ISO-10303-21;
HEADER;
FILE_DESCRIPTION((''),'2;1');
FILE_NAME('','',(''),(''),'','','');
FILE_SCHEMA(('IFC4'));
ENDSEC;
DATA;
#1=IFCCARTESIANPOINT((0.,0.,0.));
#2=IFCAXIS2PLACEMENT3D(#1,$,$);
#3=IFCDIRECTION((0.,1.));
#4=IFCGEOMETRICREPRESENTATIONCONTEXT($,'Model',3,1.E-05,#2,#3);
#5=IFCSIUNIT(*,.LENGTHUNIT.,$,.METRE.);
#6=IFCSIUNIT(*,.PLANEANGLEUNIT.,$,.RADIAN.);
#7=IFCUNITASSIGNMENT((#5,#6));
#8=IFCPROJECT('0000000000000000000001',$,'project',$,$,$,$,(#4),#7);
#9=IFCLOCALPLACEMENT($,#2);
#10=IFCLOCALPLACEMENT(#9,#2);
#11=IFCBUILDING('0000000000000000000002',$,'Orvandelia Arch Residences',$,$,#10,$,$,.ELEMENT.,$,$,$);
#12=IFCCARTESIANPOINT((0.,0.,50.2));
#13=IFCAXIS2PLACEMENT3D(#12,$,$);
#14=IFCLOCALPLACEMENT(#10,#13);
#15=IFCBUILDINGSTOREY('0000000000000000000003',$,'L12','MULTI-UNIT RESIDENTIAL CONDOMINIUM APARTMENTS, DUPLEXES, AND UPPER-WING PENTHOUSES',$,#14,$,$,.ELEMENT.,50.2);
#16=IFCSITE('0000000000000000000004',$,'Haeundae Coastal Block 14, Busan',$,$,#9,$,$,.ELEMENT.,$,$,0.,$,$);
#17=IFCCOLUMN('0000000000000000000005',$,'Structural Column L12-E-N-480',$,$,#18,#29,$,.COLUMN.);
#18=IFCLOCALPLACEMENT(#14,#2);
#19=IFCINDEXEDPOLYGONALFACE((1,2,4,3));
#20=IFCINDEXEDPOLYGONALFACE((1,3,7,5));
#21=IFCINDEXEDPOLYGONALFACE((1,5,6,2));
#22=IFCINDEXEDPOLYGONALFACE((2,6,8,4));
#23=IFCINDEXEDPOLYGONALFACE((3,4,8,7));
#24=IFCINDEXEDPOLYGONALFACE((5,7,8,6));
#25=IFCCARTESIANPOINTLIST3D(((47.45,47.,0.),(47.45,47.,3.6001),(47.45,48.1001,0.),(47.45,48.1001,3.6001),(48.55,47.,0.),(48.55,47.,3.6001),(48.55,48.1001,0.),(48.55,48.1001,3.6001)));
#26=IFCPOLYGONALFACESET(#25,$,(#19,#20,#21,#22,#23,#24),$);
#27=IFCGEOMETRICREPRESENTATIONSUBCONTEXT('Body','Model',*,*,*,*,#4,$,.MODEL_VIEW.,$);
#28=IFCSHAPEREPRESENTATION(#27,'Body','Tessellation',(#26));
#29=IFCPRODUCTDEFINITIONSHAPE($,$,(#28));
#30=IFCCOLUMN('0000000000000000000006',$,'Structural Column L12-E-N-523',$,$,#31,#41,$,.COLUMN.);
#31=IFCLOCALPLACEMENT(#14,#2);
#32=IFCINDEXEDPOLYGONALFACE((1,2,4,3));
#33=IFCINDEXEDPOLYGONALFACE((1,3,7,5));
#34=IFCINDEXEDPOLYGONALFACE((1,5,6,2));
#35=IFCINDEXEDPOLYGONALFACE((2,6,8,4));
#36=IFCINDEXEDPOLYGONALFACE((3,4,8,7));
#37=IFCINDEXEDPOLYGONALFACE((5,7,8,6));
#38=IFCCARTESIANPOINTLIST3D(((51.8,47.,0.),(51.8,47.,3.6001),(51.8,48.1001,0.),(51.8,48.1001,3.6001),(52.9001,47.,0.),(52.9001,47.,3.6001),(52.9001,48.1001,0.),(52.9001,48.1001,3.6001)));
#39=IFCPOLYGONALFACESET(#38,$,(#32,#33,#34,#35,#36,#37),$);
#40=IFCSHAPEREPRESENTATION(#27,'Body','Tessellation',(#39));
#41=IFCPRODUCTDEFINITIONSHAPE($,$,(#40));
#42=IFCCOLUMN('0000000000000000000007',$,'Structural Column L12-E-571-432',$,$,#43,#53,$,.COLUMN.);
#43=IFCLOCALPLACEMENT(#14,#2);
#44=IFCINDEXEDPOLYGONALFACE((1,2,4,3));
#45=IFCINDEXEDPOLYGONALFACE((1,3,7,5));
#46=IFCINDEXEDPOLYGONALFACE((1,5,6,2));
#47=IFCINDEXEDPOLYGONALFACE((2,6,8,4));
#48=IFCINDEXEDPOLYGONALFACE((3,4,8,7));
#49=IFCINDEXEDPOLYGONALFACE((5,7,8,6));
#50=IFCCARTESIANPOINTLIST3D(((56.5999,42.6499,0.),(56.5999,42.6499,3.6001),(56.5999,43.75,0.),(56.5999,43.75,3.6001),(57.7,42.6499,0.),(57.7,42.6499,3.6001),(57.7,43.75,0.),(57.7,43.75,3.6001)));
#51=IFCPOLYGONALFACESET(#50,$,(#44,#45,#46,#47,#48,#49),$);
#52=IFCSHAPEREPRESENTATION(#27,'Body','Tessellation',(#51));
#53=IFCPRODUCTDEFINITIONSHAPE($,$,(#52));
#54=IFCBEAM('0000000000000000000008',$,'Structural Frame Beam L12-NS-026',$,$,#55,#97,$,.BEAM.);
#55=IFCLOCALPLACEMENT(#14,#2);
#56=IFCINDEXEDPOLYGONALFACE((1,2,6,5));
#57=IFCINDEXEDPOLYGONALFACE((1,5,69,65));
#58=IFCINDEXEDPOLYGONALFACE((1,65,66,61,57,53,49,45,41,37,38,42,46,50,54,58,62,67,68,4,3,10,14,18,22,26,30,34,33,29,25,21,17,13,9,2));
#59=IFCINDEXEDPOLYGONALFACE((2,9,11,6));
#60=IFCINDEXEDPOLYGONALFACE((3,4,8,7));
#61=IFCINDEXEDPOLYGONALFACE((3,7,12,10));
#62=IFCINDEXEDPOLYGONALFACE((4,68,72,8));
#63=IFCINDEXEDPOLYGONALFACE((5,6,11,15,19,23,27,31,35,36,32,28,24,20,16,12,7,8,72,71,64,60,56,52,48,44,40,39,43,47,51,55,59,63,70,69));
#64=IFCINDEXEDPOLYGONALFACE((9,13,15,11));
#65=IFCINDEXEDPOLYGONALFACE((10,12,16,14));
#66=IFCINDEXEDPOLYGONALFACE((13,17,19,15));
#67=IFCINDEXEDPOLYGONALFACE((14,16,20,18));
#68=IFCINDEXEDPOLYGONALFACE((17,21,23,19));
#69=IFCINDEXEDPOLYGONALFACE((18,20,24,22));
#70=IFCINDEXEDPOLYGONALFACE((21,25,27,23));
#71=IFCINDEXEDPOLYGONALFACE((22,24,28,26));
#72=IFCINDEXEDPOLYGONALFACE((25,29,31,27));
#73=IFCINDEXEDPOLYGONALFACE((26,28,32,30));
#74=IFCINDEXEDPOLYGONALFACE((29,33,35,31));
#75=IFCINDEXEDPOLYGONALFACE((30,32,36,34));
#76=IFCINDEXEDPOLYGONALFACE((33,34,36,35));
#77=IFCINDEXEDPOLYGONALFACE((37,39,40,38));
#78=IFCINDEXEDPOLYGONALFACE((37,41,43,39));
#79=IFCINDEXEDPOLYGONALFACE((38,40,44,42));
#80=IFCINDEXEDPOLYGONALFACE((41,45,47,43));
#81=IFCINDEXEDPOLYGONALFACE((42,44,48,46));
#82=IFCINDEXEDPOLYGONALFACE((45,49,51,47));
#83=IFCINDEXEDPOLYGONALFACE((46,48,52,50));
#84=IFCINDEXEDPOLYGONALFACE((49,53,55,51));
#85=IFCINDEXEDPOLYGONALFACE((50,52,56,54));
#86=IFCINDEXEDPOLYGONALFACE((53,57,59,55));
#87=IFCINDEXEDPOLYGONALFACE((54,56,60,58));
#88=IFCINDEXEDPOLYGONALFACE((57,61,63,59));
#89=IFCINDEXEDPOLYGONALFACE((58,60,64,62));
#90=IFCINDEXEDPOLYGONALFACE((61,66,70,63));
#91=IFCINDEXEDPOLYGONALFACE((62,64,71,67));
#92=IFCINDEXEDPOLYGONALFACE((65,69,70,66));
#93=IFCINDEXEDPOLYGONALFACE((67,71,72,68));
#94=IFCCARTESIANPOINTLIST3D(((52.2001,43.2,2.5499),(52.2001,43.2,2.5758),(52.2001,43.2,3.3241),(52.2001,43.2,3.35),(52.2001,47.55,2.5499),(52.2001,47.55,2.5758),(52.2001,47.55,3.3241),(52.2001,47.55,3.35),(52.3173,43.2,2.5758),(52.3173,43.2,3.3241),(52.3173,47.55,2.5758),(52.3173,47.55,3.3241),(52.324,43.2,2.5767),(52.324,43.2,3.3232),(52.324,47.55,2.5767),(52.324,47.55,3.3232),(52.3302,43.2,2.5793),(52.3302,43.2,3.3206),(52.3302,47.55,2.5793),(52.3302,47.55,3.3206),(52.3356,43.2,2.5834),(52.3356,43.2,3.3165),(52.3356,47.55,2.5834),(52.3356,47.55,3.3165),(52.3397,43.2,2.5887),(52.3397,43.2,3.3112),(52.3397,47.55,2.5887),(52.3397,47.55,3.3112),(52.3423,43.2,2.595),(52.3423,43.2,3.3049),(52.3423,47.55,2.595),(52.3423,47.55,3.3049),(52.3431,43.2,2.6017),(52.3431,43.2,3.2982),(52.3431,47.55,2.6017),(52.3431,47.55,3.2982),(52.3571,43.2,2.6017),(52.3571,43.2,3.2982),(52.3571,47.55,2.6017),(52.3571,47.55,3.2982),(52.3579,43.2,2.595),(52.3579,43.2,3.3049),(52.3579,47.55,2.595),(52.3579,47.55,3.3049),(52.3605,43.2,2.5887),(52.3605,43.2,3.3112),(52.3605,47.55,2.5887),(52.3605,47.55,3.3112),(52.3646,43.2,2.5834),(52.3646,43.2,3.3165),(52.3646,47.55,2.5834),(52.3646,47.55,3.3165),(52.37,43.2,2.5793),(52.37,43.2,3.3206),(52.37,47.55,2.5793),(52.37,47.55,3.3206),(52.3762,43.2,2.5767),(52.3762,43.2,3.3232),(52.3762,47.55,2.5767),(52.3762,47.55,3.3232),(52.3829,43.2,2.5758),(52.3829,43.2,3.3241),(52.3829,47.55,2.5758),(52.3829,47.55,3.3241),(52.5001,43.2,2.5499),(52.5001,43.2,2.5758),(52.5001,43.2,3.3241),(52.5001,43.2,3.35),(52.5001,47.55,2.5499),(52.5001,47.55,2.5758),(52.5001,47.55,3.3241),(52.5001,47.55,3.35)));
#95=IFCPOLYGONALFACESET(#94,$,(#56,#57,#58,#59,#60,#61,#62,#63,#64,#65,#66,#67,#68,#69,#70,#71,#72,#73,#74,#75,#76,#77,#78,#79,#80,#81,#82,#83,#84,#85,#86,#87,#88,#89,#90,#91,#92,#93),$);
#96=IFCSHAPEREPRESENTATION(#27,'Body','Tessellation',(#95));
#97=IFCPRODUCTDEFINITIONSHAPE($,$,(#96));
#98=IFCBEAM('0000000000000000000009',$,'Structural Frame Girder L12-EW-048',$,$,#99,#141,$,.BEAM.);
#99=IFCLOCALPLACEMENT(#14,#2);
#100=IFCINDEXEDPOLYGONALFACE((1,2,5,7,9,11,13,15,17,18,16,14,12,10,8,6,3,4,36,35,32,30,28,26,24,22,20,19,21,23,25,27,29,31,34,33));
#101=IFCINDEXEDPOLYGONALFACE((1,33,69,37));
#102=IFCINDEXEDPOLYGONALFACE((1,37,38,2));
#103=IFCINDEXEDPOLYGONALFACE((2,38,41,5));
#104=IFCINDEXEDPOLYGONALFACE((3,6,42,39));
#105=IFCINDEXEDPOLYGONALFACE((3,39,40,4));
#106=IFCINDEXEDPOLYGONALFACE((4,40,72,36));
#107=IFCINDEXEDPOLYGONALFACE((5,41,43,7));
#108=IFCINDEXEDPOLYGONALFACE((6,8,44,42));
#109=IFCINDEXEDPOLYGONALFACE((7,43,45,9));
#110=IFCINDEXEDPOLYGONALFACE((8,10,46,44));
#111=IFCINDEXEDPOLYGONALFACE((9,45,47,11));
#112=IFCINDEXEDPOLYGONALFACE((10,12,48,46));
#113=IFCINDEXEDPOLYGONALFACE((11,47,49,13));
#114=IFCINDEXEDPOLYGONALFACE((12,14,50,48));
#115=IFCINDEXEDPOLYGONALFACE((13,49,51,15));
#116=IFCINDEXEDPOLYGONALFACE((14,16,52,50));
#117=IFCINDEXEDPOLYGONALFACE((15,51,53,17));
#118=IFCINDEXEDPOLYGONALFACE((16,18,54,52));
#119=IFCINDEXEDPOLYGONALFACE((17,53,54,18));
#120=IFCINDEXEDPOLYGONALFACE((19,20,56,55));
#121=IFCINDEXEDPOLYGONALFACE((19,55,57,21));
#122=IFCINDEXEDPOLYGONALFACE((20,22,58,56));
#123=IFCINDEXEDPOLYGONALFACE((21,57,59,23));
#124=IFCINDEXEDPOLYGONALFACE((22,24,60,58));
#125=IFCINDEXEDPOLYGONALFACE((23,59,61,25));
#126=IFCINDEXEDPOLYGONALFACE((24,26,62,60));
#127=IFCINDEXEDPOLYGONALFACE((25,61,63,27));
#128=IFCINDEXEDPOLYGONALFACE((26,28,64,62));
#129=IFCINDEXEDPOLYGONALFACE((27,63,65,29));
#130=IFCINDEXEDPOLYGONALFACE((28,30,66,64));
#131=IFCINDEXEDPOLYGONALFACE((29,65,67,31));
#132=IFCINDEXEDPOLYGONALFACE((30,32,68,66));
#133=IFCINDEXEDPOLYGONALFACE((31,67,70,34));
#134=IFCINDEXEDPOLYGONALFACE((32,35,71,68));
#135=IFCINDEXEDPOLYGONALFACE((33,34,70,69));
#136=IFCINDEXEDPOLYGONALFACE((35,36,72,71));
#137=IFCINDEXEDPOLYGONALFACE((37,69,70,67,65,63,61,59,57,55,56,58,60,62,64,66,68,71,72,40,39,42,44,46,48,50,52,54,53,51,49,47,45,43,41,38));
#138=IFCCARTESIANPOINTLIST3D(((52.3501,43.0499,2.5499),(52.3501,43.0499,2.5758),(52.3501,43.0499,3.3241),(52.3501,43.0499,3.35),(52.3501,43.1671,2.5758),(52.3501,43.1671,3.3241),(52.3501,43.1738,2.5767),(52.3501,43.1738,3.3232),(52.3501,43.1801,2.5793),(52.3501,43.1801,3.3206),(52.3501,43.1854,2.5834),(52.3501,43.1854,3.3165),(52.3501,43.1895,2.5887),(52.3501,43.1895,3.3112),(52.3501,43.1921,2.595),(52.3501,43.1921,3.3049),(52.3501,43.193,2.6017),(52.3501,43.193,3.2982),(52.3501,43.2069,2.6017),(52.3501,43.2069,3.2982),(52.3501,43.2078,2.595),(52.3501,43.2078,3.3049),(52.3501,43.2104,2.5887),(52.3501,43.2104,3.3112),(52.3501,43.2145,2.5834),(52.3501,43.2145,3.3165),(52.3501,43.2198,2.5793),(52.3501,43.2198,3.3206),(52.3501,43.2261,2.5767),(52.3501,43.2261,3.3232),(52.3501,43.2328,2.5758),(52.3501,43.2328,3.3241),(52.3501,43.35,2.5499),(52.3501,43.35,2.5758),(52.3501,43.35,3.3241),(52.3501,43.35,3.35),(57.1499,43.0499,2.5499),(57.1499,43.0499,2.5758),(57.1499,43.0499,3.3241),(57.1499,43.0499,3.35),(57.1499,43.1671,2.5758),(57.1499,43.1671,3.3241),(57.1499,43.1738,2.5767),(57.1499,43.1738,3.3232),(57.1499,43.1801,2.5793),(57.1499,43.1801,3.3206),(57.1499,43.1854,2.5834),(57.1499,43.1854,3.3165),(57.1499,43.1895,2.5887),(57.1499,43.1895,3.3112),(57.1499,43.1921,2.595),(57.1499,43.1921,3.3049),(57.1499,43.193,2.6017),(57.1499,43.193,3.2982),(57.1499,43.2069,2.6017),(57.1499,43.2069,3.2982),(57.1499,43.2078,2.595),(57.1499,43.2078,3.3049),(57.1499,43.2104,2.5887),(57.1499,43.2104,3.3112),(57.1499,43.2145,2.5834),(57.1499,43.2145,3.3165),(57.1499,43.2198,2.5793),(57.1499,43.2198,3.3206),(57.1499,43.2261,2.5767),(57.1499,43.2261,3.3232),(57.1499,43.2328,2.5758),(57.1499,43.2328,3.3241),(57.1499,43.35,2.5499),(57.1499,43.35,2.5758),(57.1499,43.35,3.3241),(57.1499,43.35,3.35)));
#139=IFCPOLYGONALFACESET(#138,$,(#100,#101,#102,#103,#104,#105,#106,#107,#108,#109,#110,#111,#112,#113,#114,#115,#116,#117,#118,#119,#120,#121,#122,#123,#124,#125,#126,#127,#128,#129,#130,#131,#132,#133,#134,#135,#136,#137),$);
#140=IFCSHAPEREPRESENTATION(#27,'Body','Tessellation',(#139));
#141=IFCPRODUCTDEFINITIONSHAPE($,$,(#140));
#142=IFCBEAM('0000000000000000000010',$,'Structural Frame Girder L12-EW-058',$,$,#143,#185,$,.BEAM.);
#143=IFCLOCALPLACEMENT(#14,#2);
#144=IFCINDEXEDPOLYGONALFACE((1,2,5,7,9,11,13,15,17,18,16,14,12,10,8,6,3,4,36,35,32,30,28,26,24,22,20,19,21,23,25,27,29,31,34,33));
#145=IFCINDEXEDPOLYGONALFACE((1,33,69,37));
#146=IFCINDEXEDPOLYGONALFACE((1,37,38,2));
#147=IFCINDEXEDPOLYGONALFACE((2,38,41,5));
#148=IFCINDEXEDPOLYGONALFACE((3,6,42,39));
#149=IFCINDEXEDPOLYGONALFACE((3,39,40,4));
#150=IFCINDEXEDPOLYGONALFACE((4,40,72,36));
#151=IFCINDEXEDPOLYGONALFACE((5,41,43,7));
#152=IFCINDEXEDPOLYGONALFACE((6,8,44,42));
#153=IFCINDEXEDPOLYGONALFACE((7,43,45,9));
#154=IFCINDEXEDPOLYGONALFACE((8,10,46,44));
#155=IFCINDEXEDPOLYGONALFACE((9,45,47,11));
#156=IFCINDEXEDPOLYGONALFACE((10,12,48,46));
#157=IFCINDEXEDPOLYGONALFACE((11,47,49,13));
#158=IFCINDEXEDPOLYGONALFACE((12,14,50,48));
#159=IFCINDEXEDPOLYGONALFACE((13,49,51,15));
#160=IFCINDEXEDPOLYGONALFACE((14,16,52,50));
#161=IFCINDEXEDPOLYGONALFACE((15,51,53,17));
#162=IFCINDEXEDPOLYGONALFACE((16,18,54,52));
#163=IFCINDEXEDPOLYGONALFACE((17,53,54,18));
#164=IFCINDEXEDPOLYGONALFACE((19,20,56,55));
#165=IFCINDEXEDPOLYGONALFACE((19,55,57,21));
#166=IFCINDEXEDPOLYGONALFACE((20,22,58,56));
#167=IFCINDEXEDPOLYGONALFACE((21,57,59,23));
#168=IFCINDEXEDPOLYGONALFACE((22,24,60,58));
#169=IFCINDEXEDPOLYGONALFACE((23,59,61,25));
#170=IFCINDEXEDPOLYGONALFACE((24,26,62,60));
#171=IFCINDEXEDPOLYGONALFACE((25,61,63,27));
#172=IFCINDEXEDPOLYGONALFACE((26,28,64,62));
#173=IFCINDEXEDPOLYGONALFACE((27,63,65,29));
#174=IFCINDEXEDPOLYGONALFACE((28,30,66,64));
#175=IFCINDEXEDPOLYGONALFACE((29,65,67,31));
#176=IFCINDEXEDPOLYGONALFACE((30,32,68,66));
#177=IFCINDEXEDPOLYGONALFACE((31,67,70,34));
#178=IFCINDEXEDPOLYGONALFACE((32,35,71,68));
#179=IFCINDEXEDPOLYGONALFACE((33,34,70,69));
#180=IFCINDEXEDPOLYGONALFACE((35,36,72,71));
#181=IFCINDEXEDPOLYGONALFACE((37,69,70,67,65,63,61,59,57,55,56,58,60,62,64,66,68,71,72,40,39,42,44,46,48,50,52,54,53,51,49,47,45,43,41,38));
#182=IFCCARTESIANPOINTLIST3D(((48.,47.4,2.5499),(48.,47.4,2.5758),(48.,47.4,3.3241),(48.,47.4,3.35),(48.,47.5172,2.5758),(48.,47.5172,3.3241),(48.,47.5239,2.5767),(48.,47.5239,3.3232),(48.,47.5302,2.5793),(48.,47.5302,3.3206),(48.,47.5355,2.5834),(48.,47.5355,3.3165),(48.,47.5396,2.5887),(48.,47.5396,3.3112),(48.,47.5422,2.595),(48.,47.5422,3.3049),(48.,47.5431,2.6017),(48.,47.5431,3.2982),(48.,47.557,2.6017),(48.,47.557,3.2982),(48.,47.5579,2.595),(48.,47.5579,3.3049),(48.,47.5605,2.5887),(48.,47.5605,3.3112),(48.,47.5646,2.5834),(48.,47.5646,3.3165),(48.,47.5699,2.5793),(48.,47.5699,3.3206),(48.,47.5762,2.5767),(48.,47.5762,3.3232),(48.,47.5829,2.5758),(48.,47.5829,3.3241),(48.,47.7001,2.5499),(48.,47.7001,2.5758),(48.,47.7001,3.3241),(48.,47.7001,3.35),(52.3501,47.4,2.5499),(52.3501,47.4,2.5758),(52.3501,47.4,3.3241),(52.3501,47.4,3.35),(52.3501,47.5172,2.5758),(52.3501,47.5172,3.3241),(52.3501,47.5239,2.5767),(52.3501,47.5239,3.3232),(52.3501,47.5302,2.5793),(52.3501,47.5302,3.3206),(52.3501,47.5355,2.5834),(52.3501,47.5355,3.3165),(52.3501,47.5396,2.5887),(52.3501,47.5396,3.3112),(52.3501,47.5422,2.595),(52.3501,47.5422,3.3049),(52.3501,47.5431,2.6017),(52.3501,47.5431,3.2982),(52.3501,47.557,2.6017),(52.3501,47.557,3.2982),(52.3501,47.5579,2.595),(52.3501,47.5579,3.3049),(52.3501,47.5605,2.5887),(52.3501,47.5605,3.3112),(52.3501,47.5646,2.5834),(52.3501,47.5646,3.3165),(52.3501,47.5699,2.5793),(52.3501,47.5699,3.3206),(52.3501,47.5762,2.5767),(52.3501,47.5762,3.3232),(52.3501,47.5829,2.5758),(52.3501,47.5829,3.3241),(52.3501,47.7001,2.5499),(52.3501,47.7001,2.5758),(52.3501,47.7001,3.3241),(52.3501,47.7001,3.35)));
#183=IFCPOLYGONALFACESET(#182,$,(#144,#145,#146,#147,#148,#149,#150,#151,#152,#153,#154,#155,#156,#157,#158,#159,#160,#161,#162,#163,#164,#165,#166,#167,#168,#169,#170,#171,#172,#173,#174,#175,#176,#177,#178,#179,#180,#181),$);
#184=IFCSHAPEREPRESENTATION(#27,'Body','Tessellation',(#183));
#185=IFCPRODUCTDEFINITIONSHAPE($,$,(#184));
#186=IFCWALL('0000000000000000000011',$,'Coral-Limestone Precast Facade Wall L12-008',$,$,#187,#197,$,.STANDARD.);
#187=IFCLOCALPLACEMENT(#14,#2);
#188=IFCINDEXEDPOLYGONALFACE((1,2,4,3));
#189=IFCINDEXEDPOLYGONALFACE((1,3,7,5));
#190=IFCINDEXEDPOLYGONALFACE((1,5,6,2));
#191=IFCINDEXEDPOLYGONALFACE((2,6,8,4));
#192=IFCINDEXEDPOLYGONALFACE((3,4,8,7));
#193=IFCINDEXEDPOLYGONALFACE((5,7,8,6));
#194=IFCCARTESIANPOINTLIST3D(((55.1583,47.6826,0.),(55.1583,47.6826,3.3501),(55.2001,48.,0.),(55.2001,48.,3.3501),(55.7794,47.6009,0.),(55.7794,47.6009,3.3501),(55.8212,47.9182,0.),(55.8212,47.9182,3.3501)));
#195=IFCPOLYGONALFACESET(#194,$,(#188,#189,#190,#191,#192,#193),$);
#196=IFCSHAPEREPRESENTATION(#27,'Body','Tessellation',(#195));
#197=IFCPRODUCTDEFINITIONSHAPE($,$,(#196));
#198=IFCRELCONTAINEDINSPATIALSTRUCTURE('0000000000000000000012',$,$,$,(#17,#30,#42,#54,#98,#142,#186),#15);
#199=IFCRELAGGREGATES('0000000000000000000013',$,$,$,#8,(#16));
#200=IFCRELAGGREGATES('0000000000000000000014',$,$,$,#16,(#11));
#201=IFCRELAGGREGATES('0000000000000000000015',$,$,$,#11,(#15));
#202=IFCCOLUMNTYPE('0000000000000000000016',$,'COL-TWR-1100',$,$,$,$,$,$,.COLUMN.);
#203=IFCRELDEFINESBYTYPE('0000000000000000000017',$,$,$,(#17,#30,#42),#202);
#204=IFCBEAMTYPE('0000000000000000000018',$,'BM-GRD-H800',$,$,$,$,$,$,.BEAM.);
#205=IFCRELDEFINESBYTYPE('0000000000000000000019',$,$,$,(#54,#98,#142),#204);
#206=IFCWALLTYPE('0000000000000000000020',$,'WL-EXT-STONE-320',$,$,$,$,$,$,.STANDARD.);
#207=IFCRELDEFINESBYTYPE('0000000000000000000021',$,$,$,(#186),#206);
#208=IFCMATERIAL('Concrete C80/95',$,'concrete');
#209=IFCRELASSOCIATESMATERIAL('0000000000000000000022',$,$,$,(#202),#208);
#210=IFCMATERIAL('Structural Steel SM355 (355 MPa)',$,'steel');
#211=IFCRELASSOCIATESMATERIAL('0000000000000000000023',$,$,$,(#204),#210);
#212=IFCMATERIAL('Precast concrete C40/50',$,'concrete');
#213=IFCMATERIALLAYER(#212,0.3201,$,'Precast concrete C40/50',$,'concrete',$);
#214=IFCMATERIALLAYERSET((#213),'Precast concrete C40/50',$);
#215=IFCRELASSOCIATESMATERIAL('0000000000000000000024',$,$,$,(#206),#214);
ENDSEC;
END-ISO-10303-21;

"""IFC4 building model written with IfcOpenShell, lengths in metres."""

from ifc_helpers import new_model, si_unit, direction, frame, frame_2d, origin, origin_2d, place, context, subcontext, project, spatial, rectangle, i_section, extrude, material, layer, layer_set, material_profile, profile_set, type_object, element, save


model = new_model("IFC4")

# Units and contexts
model_context = context("Model", 3, precision=1e-05, world=origin(), true_north=direction((0.0, 1.0)))
body_context = subcontext(model_context, "Body", "Model", "MODEL_VIEW")
ifc_project = project(units=[si_unit("LENGTHUNIT", "METRE"), si_unit("PLANEANGLEUNIT", "RADIAN")], contexts=[model_context])

# Site, building, storey
site_placement = place(None, origin())
site = spatial("IfcSite", under=ifc_project, at=site_placement, Name="Haeundae Coastal Block 14, Busan", CompositionType="ELEMENT", RefElevation=0.0)
building_placement = place(site_placement, origin())
building = spatial("IfcBuilding", under=site, at=building_placement, Name="Orvandelia Arch Residences", CompositionType="ELEMENT")
storey_placement = place(building_placement, frame((0.0, 0.0, 50.2)))
storey = spatial("IfcBuildingStorey", under=building, at=storey_placement, Name="L12", Description="MULTI-UNIT RESIDENTIAL CONDOMINIUM APARTMENTS, DUPLEXES, AND UPPER-WING PENTHOUSES", CompositionType="ELEMENT", Elevation=50.2)

# Columns
ifc_material_1 = material(Name="Concrete C80/95", Category="concrete")
ifc_material_profile_1 = material_profile(ifc_material_1, rectangle(XDim=1.1001, YDim=1.1001, at=origin_2d()), Name="Concrete C80/95", Category="concrete")
ifc_profile_set_1 = profile_set([ifc_material_profile_1], Name="Concrete C80/95")
column_type = type_object("IfcColumnType", Name="COL-TWR-1100", PredefinedType="COLUMN", material=ifc_profile_set_1)
for number, where, z_axis, x_axis, name in (
    (1, (48.0, 47.55, 0.0), (0.0, 0.0, 1.0), (1.0, 0.0, 0.0), "Structural Column L12-E-N-480"),
    (2, (52.3501, 47.55, 0.0), (0.0, 0.0, 1.0), (1.0, 0.0, 0.0), "Structural Column L12-E-N-523"),
    (3, (57.1499, 43.2, 0.0), (0.0, 0.0, 1.0), (1.0, 0.0, 0.0), "Structural Column L12-E-571-432"),
):
    element("IfcColumn", number, at=place(storey_placement, frame(where, z_axis=z_axis, x_axis=x_axis)), inside=storey, type_object=column_type, Name=name, PredefinedType="COLUMN", context=body_context, shape_type="SweptSolid", body=[
        extrude(rectangle(XDim=1.1001, YDim=1.1001, at=origin_2d()), origin(), (0.0, 0.0, 1.0), 3.6001),
    ])

# Beams
ifc_material_2 = material(Name="Structural Steel SM355 (355 MPa)", Category="steel")
ifc_material_profile_2 = material_profile(ifc_material_2, i_section(OverallWidth=0.3, OverallDepth=0.8, WebThickness=0.0139, FlangeThickness=0.0259, FilletRadius=0.0259, at=origin_2d()), Name="Structural Steel SM355 (355 MPa)", Category="steel")
ifc_profile_set_2 = profile_set([ifc_material_profile_2], Name="Structural Steel SM355 (355 MPa)")
beam_type = type_object("IfcBeamType", Name="BM-GRD-H800", PredefinedType="BEAM", material=ifc_profile_set_2)
beam_1_placement = place(storey_placement, frame((52.3501, 43.2, 2.95), z_axis=(0.0, 1.0, 0.0), x_axis=(-1.0, 0.0, 0.0)))
element("IfcBeam", 4, at=beam_1_placement, inside=storey, type_object=beam_type, Name="Structural Frame Beam L12-NS-026", PredefinedType="BEAM", context=body_context, shape_type="SweptSolid", body=[
    extrude(i_section(OverallWidth=0.3, OverallDepth=0.8, WebThickness=0.0139, FlangeThickness=0.0259, FilletRadius=0.0259, at=origin_2d()), origin(), (0.0, 0.0, 1.0), 4.3501),
])
beam_2_placement = place(storey_placement, frame((52.3501, 43.2, 2.95), z_axis=(1.0, 0.0, 0.0), x_axis=(0.0, 1.0, 0.0)))
element("IfcBeam", 5, at=beam_2_placement, inside=storey, type_object=beam_type, Name="Structural Frame Girder L12-EW-048", PredefinedType="BEAM", context=body_context, shape_type="SweptSolid", body=[
    extrude(i_section(OverallWidth=0.3, OverallDepth=0.8, WebThickness=0.0139, FlangeThickness=0.0259, FilletRadius=0.0259, at=origin_2d()), origin(), (0.0, 0.0, 1.0), 4.7998),
])
beam_3_placement = place(storey_placement, frame((48.0, 47.55, 2.95), z_axis=(1.0, 0.0, 0.0), x_axis=(0.0, 1.0, 0.0)))
element("IfcBeam", 6, at=beam_3_placement, inside=storey, type_object=beam_type, Name="Structural Frame Girder L12-EW-058", PredefinedType="BEAM", context=body_context, shape_type="SweptSolid", body=[
    extrude(i_section(OverallWidth=0.3, OverallDepth=0.8, WebThickness=0.0139, FlangeThickness=0.0259, FilletRadius=0.0259, at=origin_2d()), origin(), (0.0, 0.0, 1.0), 4.3501),
])

# Wall
ifc_material_3 = material(Name="Precast concrete C40/50", Category="concrete")
ifc_layer_1 = layer(ifc_material_3, 0.3201, Name="Precast concrete C40/50", Category="concrete")
ifc_layer_set_1 = layer_set([ifc_layer_1], Name="Precast concrete C40/50")
wall_type_1 = type_object("IfcWallType", Name="WL-EXT-STONE-320", PredefinedType="STANDARD", material=ifc_layer_set_1)
for number, where, z_axis, x_axis, name in (
    (7, (55.1792, 47.8413, 0.0), (0.0, 0.0, 1.0), (0.991441, -0.130555, 0.0), "Coral-Limestone Precast Facade Wall L12-008"),
):
    element("IfcWall", number, at=place(storey_placement, frame(where, z_axis=z_axis, x_axis=x_axis)), inside=storey, type_object=wall_type_1, Name=name, PredefinedType="STANDARD", context=body_context, shape_type="SweptSolid", body=[
        extrude(rectangle(XDim=0.6265, YDim=0.3201, at=frame_2d((0.3132, 0.0))), origin(), (0.0, 0.0, 1.0), 3.3501),
    ])

save(model, "model.ifc")
